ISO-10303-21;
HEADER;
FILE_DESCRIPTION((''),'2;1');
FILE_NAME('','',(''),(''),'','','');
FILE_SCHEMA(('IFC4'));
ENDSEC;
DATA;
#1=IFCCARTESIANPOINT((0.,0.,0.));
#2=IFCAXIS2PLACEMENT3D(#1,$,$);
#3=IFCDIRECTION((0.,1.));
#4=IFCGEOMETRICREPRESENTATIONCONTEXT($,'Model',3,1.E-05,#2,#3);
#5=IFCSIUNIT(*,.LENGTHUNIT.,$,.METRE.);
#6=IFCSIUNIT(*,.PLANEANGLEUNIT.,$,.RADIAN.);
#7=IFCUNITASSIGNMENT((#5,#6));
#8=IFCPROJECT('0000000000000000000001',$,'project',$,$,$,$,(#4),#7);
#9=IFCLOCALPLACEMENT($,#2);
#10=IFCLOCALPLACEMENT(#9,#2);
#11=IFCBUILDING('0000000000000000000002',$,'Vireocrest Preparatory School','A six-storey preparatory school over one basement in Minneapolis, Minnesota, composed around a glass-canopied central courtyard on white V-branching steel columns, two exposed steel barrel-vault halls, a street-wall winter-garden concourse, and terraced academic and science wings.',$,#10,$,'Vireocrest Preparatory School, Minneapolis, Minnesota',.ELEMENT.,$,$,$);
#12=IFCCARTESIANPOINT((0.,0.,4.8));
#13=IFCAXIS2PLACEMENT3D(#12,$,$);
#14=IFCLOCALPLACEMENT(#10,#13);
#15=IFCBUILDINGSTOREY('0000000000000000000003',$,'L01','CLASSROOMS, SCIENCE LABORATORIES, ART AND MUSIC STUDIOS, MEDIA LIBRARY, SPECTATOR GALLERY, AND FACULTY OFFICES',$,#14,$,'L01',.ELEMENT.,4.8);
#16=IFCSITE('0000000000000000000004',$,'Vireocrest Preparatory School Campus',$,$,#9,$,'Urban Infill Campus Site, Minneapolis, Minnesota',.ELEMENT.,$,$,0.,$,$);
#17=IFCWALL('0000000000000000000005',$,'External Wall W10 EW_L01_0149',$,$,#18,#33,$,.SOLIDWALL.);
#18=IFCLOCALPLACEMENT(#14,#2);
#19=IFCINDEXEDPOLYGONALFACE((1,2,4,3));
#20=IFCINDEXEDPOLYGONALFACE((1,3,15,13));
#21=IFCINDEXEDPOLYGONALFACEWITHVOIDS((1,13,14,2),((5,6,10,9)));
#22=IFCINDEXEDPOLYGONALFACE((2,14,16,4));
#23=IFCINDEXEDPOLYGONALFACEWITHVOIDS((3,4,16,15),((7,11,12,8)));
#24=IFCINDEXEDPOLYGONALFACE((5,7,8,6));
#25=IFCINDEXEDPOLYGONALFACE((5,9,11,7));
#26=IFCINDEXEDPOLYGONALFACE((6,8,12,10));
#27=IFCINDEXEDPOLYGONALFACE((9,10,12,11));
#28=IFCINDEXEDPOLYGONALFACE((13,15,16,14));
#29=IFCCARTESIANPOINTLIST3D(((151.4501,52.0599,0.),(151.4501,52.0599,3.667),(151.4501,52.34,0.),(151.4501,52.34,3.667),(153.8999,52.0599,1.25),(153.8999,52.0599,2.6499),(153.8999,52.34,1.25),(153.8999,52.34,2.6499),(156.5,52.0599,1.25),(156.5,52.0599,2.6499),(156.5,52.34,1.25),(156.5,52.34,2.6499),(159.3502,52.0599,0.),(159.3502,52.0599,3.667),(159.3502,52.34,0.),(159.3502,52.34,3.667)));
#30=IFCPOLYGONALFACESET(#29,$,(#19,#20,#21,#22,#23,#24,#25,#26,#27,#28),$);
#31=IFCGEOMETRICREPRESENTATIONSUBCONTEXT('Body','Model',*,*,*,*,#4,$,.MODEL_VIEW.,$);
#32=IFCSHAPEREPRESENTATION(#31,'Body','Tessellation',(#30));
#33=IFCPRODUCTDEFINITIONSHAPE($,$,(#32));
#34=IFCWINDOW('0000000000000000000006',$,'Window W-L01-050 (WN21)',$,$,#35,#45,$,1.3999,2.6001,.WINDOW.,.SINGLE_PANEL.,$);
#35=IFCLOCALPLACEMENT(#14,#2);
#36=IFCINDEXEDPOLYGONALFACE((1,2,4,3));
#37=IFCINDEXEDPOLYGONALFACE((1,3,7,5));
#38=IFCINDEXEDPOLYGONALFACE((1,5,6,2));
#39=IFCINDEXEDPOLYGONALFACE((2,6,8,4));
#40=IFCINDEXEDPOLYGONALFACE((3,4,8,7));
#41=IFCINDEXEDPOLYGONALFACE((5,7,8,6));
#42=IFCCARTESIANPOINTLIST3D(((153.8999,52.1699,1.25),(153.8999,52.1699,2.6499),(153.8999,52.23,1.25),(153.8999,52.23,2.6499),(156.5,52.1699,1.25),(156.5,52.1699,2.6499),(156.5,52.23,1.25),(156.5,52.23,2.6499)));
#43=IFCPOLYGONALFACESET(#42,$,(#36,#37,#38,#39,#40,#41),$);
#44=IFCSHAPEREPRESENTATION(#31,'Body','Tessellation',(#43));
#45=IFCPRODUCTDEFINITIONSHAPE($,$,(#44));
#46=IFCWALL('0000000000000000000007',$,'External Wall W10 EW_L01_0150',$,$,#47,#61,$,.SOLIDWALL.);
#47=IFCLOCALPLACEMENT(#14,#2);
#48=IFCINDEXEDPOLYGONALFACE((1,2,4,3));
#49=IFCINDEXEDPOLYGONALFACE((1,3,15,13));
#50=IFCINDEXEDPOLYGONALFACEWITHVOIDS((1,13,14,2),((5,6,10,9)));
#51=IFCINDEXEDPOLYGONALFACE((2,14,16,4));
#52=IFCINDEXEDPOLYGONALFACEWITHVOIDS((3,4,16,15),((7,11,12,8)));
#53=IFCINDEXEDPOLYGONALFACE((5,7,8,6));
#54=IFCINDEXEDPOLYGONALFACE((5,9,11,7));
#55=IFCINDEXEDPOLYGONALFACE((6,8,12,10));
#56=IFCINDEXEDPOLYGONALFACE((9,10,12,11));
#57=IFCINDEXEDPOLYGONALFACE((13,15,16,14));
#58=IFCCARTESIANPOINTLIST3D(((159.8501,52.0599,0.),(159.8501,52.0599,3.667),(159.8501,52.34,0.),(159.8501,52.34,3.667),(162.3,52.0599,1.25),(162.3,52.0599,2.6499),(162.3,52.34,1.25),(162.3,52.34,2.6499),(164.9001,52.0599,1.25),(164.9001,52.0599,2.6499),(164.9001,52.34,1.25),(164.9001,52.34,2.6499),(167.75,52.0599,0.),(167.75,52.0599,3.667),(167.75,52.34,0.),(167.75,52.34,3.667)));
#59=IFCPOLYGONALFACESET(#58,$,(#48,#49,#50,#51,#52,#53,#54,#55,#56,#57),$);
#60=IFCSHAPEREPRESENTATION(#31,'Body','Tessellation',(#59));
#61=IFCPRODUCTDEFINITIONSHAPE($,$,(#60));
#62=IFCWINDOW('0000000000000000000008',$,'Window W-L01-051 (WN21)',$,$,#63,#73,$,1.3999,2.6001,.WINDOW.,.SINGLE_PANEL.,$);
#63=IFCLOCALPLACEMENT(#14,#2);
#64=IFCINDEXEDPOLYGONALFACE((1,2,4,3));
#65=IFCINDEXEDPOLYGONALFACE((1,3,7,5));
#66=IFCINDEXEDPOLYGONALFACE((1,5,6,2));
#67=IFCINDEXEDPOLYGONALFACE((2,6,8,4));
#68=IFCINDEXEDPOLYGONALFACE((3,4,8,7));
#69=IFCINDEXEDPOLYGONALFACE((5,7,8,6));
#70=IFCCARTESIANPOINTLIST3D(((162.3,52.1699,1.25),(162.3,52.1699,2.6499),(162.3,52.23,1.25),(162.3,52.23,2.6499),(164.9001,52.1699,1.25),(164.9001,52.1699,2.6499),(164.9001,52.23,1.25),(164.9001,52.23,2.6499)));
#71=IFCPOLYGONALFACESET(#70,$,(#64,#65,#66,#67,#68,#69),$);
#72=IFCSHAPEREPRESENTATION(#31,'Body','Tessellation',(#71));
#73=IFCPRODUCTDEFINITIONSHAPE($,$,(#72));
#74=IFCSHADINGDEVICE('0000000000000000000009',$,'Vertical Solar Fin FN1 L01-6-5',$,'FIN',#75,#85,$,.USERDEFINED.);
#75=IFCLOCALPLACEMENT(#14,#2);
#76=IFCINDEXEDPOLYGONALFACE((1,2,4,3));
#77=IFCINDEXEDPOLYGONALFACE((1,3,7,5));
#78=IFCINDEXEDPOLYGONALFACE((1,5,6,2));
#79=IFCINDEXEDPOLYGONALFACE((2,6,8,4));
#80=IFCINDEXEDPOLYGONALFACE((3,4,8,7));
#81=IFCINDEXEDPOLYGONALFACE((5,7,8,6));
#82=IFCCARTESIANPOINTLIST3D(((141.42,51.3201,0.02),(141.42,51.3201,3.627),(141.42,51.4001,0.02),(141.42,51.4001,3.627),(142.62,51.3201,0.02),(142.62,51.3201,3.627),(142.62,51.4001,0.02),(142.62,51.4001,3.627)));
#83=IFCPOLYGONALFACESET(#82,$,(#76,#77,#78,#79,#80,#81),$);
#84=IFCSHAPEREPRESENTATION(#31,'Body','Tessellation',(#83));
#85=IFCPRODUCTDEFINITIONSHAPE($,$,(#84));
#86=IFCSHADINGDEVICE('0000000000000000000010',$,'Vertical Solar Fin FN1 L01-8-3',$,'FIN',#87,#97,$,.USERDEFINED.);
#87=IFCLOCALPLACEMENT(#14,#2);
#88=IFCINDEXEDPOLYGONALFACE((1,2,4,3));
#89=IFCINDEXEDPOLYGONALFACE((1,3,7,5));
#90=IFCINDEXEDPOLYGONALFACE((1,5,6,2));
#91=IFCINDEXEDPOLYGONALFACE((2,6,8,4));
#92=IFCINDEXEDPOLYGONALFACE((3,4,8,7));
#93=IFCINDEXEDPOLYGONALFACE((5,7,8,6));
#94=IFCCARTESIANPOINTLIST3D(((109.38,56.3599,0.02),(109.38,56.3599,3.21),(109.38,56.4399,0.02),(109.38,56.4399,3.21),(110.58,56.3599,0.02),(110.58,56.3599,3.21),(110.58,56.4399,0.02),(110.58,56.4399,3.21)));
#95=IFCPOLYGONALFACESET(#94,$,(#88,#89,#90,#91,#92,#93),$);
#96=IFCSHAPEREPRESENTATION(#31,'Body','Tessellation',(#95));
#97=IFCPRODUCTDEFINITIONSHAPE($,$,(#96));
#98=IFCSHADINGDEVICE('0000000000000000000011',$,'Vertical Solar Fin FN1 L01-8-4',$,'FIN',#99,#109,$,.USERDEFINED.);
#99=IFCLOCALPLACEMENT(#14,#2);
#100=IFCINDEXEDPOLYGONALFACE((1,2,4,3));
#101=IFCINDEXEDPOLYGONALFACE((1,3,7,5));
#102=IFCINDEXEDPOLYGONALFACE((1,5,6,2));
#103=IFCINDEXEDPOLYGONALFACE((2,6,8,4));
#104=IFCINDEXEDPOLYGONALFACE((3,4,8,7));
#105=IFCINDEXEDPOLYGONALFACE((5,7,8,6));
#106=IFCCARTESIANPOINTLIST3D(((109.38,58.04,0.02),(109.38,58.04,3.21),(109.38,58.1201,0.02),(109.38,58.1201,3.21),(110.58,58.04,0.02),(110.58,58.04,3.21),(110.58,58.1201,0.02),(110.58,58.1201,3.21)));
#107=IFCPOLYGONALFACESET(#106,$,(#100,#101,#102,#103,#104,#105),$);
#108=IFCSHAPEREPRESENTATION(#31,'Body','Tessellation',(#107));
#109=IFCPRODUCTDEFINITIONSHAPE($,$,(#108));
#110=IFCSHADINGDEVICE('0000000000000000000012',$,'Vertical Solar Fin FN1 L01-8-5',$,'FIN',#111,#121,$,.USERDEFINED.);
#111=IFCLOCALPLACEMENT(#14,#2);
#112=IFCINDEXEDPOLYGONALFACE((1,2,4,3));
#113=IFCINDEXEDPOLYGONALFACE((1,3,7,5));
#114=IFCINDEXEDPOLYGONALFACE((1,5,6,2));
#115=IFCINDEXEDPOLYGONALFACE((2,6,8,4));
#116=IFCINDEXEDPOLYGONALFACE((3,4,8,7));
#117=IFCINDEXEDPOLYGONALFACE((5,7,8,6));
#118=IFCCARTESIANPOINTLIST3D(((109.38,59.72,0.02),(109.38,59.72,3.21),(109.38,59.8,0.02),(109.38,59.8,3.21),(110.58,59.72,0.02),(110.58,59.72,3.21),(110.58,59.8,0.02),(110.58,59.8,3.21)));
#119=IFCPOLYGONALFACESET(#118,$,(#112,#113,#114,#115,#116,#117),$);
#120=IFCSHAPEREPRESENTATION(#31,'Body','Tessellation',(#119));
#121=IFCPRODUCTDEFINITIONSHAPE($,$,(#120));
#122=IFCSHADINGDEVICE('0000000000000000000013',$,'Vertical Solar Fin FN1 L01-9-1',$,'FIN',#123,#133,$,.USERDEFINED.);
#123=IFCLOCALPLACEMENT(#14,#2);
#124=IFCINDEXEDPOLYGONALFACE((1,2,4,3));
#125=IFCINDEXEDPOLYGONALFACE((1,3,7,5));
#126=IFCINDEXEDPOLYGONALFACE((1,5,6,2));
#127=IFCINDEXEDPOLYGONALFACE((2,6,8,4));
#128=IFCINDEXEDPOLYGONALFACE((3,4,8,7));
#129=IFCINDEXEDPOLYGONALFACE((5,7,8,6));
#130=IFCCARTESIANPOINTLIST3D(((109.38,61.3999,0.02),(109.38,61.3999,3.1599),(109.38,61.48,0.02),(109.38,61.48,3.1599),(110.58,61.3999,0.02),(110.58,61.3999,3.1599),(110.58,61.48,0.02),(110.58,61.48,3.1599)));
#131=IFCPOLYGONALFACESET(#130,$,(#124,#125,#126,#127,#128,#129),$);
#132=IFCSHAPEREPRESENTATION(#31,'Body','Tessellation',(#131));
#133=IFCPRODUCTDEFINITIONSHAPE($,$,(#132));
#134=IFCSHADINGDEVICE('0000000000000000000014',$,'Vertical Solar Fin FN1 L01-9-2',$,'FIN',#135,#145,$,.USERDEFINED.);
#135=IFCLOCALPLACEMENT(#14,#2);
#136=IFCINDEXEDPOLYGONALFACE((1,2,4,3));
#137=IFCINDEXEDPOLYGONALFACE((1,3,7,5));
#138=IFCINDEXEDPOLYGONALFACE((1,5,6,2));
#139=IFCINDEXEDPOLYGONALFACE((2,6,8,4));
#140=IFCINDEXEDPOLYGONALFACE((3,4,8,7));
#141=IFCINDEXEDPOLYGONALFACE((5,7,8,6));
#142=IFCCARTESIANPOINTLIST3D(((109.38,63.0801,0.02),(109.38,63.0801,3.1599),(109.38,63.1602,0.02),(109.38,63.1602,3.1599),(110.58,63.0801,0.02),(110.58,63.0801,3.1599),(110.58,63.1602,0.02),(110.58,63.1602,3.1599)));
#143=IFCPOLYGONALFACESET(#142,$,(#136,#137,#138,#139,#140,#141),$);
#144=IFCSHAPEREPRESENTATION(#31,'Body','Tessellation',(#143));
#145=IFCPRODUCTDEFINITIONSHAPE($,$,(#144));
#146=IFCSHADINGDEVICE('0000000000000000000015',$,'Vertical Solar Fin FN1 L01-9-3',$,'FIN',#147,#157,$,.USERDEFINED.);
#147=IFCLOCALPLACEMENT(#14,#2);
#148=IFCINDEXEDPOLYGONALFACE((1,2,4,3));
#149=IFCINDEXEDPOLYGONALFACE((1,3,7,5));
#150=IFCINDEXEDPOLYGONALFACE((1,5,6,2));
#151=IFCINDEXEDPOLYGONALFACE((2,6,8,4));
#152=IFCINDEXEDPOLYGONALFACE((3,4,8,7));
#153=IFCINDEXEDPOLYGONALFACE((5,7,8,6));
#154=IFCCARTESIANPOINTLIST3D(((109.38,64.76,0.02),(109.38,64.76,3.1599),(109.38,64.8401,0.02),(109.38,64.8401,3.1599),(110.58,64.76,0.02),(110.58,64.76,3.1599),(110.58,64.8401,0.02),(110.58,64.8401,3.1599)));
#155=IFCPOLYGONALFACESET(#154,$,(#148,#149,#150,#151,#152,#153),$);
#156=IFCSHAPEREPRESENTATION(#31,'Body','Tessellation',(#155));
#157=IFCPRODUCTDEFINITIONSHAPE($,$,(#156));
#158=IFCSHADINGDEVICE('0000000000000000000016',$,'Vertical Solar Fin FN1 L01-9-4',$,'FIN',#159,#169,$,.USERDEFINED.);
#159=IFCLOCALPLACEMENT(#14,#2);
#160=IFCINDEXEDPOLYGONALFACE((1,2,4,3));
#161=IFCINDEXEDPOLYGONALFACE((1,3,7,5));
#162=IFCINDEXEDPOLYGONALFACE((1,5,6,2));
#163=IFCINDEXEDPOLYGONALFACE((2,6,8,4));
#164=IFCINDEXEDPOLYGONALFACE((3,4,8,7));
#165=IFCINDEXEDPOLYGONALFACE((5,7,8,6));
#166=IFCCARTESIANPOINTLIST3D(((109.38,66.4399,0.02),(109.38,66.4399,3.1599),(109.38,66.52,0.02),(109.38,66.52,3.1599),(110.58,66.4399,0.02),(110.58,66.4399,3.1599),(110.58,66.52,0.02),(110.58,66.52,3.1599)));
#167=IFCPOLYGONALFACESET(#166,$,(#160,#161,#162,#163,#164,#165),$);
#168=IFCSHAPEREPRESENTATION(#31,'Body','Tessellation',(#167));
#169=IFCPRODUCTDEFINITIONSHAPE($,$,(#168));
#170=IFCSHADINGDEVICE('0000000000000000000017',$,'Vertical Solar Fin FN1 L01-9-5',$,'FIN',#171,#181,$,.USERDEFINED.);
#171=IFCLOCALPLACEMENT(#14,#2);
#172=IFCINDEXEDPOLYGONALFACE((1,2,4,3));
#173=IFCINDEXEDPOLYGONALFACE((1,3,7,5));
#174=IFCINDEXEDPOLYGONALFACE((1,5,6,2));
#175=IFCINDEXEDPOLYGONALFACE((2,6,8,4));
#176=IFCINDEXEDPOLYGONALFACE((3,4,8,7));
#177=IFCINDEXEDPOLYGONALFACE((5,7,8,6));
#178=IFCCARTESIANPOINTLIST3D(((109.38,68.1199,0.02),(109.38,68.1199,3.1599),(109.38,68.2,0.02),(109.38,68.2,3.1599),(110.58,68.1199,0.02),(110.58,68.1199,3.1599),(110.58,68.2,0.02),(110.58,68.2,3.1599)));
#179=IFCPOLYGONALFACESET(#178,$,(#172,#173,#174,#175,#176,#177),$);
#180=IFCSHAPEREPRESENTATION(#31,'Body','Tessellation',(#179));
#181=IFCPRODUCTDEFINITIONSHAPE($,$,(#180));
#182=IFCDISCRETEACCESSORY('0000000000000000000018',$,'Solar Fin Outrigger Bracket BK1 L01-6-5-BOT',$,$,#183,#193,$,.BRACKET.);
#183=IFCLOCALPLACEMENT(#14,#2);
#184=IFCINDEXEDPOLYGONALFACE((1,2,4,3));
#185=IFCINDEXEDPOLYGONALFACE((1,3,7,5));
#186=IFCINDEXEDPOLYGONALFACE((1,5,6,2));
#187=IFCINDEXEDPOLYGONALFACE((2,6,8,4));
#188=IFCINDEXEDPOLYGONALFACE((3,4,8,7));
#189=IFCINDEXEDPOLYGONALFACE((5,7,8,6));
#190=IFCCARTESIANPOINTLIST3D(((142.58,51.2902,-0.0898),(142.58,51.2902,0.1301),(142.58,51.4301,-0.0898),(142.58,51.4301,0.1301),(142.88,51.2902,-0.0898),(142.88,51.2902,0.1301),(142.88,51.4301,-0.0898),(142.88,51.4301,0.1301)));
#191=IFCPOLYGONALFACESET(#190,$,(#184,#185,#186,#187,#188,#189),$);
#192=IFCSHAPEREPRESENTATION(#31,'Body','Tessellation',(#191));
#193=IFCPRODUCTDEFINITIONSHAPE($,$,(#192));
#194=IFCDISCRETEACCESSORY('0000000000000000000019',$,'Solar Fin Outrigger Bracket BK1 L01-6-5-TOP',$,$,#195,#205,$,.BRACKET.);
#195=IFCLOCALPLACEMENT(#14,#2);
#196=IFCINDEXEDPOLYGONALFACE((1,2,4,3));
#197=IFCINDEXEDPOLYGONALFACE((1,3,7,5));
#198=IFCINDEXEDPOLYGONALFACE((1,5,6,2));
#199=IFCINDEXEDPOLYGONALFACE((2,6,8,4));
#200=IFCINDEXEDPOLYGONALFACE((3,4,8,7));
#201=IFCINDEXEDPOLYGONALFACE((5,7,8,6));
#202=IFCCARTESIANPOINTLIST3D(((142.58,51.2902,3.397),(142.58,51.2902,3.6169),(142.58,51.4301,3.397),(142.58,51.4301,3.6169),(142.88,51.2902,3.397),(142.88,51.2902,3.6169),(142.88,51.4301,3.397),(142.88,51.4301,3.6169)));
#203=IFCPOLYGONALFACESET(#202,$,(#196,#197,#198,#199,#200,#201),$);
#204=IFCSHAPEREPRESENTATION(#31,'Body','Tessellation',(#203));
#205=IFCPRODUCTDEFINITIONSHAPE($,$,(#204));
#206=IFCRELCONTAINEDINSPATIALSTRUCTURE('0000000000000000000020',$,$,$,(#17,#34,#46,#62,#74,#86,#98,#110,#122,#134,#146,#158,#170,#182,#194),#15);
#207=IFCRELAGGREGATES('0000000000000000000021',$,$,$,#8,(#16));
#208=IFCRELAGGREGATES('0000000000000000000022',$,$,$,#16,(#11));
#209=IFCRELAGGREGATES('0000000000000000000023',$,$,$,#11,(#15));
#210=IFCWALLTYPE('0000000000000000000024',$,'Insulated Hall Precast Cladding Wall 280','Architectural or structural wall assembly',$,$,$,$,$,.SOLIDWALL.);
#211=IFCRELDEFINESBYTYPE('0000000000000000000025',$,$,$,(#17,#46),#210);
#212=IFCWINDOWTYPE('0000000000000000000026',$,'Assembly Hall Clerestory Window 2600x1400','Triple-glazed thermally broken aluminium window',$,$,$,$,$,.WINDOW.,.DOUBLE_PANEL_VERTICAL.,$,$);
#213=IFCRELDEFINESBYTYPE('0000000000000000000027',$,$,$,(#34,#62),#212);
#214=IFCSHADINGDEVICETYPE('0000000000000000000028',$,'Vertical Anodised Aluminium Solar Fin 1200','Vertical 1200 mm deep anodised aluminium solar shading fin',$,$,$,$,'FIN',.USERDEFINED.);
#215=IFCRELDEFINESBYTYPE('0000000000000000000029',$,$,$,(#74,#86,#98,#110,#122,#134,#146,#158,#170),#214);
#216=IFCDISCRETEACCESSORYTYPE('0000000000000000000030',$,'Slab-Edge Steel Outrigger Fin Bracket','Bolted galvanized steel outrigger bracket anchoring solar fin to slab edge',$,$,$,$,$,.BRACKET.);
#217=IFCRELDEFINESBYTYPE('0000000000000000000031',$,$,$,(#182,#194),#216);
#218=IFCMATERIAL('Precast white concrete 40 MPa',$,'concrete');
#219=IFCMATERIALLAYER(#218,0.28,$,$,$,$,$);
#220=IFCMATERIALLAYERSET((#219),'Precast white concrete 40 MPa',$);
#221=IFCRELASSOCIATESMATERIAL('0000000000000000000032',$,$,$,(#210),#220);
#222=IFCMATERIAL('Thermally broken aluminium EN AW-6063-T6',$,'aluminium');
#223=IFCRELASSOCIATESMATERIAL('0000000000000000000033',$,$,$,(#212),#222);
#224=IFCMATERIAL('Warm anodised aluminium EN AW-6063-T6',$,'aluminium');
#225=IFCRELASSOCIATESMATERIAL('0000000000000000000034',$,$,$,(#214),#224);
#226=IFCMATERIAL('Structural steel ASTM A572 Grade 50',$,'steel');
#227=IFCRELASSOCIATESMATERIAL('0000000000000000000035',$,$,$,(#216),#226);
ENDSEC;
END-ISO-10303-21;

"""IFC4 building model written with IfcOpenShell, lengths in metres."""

from ifc_helpers import new_model, si_unit, direction, frame, frame_2d, origin, origin_2d, place, context, subcontext, project, spatial, rectangle, extrude, material, layer, layer_set, material_profile, profile_set, type_object, element, fill, save


model = new_model("IFC4")

# Units and contexts
model_context = context("Model", 3, precision=1e-05, world=origin(), true_north=direction((0.0, 1.0)))
body_context = subcontext(model_context, "Body", "Model", "MODEL_VIEW")
ifc_project = project(units=[si_unit("LENGTHUNIT", "METRE"), si_unit("PLANEANGLEUNIT", "RADIAN")], contexts=[model_context])

# Site, building, storey
site_placement = place(None, origin())
site = spatial("IfcSite", under=ifc_project, at=site_placement, Name="Vireocrest Preparatory School Campus", LongName="Urban Infill Campus Site, Minneapolis, Minnesota", CompositionType="ELEMENT", RefElevation=0.0)
building_placement = place(site_placement, origin())
building = spatial("IfcBuilding", under=site, at=building_placement, Name="Vireocrest Preparatory School", Description="A six-storey preparatory school over one basement in Minneapolis, Minnesota, composed around a glass-canopied central courtyard on white V-branching steel columns, two exposed steel barrel-vault halls, a street-wall winter-garden concourse, and terraced academic and science wings.", LongName="Vireocrest Preparatory School, Minneapolis, Minnesota", CompositionType="ELEMENT")
storey_placement = place(building_placement, frame((0.0, 0.0, 4.8)))
storey = spatial("IfcBuildingStorey", under=building, at=storey_placement, Name="L01", Description="CLASSROOMS, SCIENCE LABORATORIES, ART AND MUSIC STUDIOS, MEDIA LIBRARY, SPECTATOR GALLERY, AND FACULTY OFFICES", LongName="L01", CompositionType="ELEMENT", Elevation=4.8)

# Shared definitions
ifc_material_1 = material(Name="Thermally broken aluminium EN AW-6063-T6", Category="aluminium")

# Walls, openings, windows
ifc_material_2 = material(Name="Precast white concrete 40 MPa", Category="concrete")
ifc_layer_1 = layer(ifc_material_2, 0.28)
ifc_layer_set_1 = layer_set([ifc_layer_1], Name="Precast white concrete 40 MPa")
wall_type = type_object("IfcWallType", Name="Insulated Hall Precast Cladding Wall 280", Description="Architectural or structural wall assembly", PredefinedType="SOLIDWALL", material=ifc_layer_set_1)
window_type = type_object("IfcWindowType", Name="Assembly Hall Clerestory Window 2600x1400", Description="Triple-glazed thermally broken aluminium window", PartitioningType="DOUBLE_PANEL_VERTICAL", PredefinedType="WINDOW", material=ifc_material_1)
wall_1_placement = place(storey_placement, frame((151.45, 52.2, 0.0), z_axis=(0.0, 0.0, 1.0), x_axis=(1.0, 0.0, 0.0)))
wall_1 = element("IfcWall", 1, at=wall_1_placement, inside=storey, type_object=wall_type, Name="External Wall W10 EW_L01_0149", PredefinedType="SOLIDWALL", context=body_context, shape_type="SweptSolid", body=[
    extrude(rectangle(XDim=7.9001, YDim=0.28, at=frame_2d((3.9502, 0.0))), origin(), (0.0, 0.0, 1.0), 3.667),
])
opening_1_placement = place(wall_1_placement, frame((2.45, 0.0, 1.25)))
opening_1 = element("IfcOpeningElement", 2, at=opening_1_placement, cuts=wall_1, PredefinedType="OPENING", context=body_context, shape_type="SweptSolid", body=[
    extrude(rectangle(XDim=2.6001, YDim=1.3999, at=frame_2d((1.3, 0.7))), frame((0.0, 0.1499, 0.0), z_axis=(0.0, -1.0, 0.0), x_axis=(1.0, 0.0, 0.0)), (0.0, 0.0, 1.0), 0.3),
])
window_1_placement = place(opening_1_placement, origin())
window_1 = element("IfcWindow", 3, at=window_1_placement, inside=storey, type_object=window_type, Name="Window W-L01-050 (WN21)", OverallHeight=1.3999, OverallWidth=2.6001, PartitioningType="SINGLE_PANEL", PredefinedType="WINDOW", context=body_context, shape_type="SweptSolid", body=[
    extrude(rectangle(XDim=2.6001, YDim=1.3999, at=frame_2d((1.3, 0.7))), frame((0.0, 0.03, 0.0), z_axis=(0.0, -1.0, 0.0), x_axis=(1.0, 0.0, 0.0)), (0.0, 0.0, 1.0), 0.0601),
])
fill(opening_1, window_1)
wall_2_placement = place(storey_placement, frame((159.8501, 52.2, 0.0), z_axis=(0.0, 0.0, 1.0), x_axis=(1.0, 0.0, 0.0)))
wall_2 = element("IfcWall", 4, at=wall_2_placement, inside=storey, type_object=wall_type, Name="External Wall W10 EW_L01_0150", PredefinedType="SOLIDWALL", context=body_context, shape_type="SweptSolid", body=[
    extrude(rectangle(XDim=7.8999, YDim=0.28, at=frame_2d((3.95, 0.0))), origin(), (0.0, 0.0, 1.0), 3.667),
])
opening_2_placement = place(wall_2_placement, frame((2.45, 0.0, 1.25)))
opening_2 = element("IfcOpeningElement", 5, at=opening_2_placement, cuts=wall_2, PredefinedType="OPENING", context=body_context, shape_type="SweptSolid", body=[
    extrude(rectangle(XDim=2.6001, YDim=1.3999, at=frame_2d((1.3, 0.7))), frame((0.0, 0.1499, 0.0), z_axis=(0.0, -1.0, 0.0), x_axis=(1.0, 0.0, 0.0)), (0.0, 0.0, 1.0), 0.3),
])
window_2_placement = place(opening_2_placement, origin())
window_2 = element("IfcWindow", 6, at=window_2_placement, inside=storey, type_object=window_type, Name="Window W-L01-051 (WN21)", OverallHeight=1.3999, OverallWidth=2.6001, PartitioningType="SINGLE_PANEL", PredefinedType="WINDOW", context=body_context, shape_type="SweptSolid", body=[
    extrude(rectangle(XDim=2.6001, YDim=1.3999, at=frame_2d((1.3, 0.7))), frame((0.0, 0.03, 0.0), z_axis=(0.0, -1.0, 0.0), x_axis=(1.0, 0.0, 0.0)), (0.0, 0.0, 1.0), 0.0601),
])
fill(opening_2, window_2)

# Shading devices
ifc_material_3 = material(Name="Warm anodised aluminium EN AW-6063-T6", Category="aluminium")
ifc_material_profile_1 = material_profile(ifc_material_3, rectangle(XDim=0.0801, YDim=1.2, at=origin_2d()), Name="FIN 80x1200")
ifc_profile_set_1 = profile_set([ifc_material_profile_1], Name="Warm anodised aluminium EN AW-6063-T6")
shading_device_type = type_object("IfcShadingDeviceType", Name="Vertical Anodised Aluminium Solar Fin 1200", Description="Vertical 1200 mm deep anodised aluminium solar shading fin", ElementType="FIN", PredefinedType="USERDEFINED", material=ifc_profile_set_1)
shading_device_placement = place(storey_placement, frame((142.02, 51.3601, 0.02), z_axis=(0.0, 0.0, 1.0), x_axis=(0.0, 1.0, 0.0)))
element("IfcShadingDevice", 7, at=shading_device_placement, inside=storey, type_object=shading_device_type, Name="Vertical Solar Fin FN1 L01-6-5", ObjectType="FIN", PredefinedType="USERDEFINED", context=body_context, shape_type="SweptSolid", body=[
    extrude(rectangle(XDim=0.0801, YDim=1.2, at=origin_2d()), origin(), (0.0, 0.0, 1.0), 3.6069),
])
for number, where, z_axis, x_axis, name in (
    (8, (109.98, 56.3999, 0.02), (0.0, 0.0, 1.0), (0.0, -1.0, 0.0), "Vertical Solar Fin FN1 L01-8-3"),
    (9, (109.98, 58.0801, 0.02), (0.0, 0.0, 1.0), (0.0, -1.0, 0.0), "Vertical Solar Fin FN1 L01-8-4"),
    (10, (109.98, 59.76, 0.02), (0.0, 0.0, 1.0), (0.0, -1.0, 0.0), "Vertical Solar Fin FN1 L01-8-5"),
):
    element("IfcShadingDevice", number, at=place(storey_placement, frame(where, z_axis=z_axis, x_axis=x_axis)), inside=storey, type_object=shading_device_type, Name=name, ObjectType="FIN", PredefinedType="USERDEFINED", context=body_context, shape_type="SweptSolid", body=[
        extrude(rectangle(XDim=0.0801, YDim=1.2, at=origin_2d()), origin(), (0.0, 0.0, 1.0), 3.1899),
    ])
for number, where, z_axis, x_axis, name in (
    (11, (109.98, 61.4399, 0.02), (0.0, 0.0, 1.0), (0.0, -1.0, 0.0), "Vertical Solar Fin FN1 L01-9-1"),
    (12, (109.98, 63.1201, 0.02), (0.0, 0.0, 1.0), (0.0, -1.0, 0.0), "Vertical Solar Fin FN1 L01-9-2"),
    (13, (109.98, 64.8, 0.02), (0.0, 0.0, 1.0), (0.0, -1.0, 0.0), "Vertical Solar Fin FN1 L01-9-3"),
    (14, (109.98, 66.48, 0.02), (0.0, 0.0, 1.0), (0.0, -1.0, 0.0), "Vertical Solar Fin FN1 L01-9-4"),
    (15, (109.98, 68.1599, 0.02), (0.0, 0.0, 1.0), (0.0, -1.0, 0.0), "Vertical Solar Fin FN1 L01-9-5"),
):
    element("IfcShadingDevice", number, at=place(storey_placement, frame(where, z_axis=z_axis, x_axis=x_axis)), inside=storey, type_object=shading_device_type, Name=name, ObjectType="FIN", PredefinedType="USERDEFINED", context=body_context, shape_type="SweptSolid", body=[
        extrude(rectangle(XDim=0.0801, YDim=1.2, at=origin_2d()), origin(), (0.0, 0.0, 1.0), 3.1399),
    ])

# Discrete accessories
ifc_material_4 = material(Name="Structural steel ASTM A572 Grade 50", Category="steel")
discrete_accessory_type = type_object("IfcDiscreteAccessoryType", Name="Slab-Edge Steel Outrigger Fin Bracket", Description="Bolted galvanized steel outrigger bracket anchoring solar fin to slab edge", PredefinedType="BRACKET", material=ifc_material_4)
for number, where, z_axis, x_axis, name in (
    (16, (142.73, 51.3601, -0.0898), (0.0, 0.0, 1.0), (0.0, 1.0, 0.0), "Solar Fin Outrigger Bracket BK1 L01-6-5-BOT"),
    (17, (142.73, 51.3601, 3.397), (0.0, 0.0, 1.0), (0.0, 1.0, 0.0), "Solar Fin Outrigger Bracket BK1 L01-6-5-TOP"),
):
    element("IfcDiscreteAccessory", number, at=place(storey_placement, frame(where, z_axis=z_axis, x_axis=x_axis)), inside=storey, type_object=discrete_accessory_type, Name=name, PredefinedType="BRACKET", context=body_context, shape_type="SweptSolid", body=[
        extrude(rectangle(XDim=0.1399, YDim=0.3, at=origin_2d()), origin(), (0.0, 0.0, 1.0), 0.22),
    ])

save(model, "model.ifc")
